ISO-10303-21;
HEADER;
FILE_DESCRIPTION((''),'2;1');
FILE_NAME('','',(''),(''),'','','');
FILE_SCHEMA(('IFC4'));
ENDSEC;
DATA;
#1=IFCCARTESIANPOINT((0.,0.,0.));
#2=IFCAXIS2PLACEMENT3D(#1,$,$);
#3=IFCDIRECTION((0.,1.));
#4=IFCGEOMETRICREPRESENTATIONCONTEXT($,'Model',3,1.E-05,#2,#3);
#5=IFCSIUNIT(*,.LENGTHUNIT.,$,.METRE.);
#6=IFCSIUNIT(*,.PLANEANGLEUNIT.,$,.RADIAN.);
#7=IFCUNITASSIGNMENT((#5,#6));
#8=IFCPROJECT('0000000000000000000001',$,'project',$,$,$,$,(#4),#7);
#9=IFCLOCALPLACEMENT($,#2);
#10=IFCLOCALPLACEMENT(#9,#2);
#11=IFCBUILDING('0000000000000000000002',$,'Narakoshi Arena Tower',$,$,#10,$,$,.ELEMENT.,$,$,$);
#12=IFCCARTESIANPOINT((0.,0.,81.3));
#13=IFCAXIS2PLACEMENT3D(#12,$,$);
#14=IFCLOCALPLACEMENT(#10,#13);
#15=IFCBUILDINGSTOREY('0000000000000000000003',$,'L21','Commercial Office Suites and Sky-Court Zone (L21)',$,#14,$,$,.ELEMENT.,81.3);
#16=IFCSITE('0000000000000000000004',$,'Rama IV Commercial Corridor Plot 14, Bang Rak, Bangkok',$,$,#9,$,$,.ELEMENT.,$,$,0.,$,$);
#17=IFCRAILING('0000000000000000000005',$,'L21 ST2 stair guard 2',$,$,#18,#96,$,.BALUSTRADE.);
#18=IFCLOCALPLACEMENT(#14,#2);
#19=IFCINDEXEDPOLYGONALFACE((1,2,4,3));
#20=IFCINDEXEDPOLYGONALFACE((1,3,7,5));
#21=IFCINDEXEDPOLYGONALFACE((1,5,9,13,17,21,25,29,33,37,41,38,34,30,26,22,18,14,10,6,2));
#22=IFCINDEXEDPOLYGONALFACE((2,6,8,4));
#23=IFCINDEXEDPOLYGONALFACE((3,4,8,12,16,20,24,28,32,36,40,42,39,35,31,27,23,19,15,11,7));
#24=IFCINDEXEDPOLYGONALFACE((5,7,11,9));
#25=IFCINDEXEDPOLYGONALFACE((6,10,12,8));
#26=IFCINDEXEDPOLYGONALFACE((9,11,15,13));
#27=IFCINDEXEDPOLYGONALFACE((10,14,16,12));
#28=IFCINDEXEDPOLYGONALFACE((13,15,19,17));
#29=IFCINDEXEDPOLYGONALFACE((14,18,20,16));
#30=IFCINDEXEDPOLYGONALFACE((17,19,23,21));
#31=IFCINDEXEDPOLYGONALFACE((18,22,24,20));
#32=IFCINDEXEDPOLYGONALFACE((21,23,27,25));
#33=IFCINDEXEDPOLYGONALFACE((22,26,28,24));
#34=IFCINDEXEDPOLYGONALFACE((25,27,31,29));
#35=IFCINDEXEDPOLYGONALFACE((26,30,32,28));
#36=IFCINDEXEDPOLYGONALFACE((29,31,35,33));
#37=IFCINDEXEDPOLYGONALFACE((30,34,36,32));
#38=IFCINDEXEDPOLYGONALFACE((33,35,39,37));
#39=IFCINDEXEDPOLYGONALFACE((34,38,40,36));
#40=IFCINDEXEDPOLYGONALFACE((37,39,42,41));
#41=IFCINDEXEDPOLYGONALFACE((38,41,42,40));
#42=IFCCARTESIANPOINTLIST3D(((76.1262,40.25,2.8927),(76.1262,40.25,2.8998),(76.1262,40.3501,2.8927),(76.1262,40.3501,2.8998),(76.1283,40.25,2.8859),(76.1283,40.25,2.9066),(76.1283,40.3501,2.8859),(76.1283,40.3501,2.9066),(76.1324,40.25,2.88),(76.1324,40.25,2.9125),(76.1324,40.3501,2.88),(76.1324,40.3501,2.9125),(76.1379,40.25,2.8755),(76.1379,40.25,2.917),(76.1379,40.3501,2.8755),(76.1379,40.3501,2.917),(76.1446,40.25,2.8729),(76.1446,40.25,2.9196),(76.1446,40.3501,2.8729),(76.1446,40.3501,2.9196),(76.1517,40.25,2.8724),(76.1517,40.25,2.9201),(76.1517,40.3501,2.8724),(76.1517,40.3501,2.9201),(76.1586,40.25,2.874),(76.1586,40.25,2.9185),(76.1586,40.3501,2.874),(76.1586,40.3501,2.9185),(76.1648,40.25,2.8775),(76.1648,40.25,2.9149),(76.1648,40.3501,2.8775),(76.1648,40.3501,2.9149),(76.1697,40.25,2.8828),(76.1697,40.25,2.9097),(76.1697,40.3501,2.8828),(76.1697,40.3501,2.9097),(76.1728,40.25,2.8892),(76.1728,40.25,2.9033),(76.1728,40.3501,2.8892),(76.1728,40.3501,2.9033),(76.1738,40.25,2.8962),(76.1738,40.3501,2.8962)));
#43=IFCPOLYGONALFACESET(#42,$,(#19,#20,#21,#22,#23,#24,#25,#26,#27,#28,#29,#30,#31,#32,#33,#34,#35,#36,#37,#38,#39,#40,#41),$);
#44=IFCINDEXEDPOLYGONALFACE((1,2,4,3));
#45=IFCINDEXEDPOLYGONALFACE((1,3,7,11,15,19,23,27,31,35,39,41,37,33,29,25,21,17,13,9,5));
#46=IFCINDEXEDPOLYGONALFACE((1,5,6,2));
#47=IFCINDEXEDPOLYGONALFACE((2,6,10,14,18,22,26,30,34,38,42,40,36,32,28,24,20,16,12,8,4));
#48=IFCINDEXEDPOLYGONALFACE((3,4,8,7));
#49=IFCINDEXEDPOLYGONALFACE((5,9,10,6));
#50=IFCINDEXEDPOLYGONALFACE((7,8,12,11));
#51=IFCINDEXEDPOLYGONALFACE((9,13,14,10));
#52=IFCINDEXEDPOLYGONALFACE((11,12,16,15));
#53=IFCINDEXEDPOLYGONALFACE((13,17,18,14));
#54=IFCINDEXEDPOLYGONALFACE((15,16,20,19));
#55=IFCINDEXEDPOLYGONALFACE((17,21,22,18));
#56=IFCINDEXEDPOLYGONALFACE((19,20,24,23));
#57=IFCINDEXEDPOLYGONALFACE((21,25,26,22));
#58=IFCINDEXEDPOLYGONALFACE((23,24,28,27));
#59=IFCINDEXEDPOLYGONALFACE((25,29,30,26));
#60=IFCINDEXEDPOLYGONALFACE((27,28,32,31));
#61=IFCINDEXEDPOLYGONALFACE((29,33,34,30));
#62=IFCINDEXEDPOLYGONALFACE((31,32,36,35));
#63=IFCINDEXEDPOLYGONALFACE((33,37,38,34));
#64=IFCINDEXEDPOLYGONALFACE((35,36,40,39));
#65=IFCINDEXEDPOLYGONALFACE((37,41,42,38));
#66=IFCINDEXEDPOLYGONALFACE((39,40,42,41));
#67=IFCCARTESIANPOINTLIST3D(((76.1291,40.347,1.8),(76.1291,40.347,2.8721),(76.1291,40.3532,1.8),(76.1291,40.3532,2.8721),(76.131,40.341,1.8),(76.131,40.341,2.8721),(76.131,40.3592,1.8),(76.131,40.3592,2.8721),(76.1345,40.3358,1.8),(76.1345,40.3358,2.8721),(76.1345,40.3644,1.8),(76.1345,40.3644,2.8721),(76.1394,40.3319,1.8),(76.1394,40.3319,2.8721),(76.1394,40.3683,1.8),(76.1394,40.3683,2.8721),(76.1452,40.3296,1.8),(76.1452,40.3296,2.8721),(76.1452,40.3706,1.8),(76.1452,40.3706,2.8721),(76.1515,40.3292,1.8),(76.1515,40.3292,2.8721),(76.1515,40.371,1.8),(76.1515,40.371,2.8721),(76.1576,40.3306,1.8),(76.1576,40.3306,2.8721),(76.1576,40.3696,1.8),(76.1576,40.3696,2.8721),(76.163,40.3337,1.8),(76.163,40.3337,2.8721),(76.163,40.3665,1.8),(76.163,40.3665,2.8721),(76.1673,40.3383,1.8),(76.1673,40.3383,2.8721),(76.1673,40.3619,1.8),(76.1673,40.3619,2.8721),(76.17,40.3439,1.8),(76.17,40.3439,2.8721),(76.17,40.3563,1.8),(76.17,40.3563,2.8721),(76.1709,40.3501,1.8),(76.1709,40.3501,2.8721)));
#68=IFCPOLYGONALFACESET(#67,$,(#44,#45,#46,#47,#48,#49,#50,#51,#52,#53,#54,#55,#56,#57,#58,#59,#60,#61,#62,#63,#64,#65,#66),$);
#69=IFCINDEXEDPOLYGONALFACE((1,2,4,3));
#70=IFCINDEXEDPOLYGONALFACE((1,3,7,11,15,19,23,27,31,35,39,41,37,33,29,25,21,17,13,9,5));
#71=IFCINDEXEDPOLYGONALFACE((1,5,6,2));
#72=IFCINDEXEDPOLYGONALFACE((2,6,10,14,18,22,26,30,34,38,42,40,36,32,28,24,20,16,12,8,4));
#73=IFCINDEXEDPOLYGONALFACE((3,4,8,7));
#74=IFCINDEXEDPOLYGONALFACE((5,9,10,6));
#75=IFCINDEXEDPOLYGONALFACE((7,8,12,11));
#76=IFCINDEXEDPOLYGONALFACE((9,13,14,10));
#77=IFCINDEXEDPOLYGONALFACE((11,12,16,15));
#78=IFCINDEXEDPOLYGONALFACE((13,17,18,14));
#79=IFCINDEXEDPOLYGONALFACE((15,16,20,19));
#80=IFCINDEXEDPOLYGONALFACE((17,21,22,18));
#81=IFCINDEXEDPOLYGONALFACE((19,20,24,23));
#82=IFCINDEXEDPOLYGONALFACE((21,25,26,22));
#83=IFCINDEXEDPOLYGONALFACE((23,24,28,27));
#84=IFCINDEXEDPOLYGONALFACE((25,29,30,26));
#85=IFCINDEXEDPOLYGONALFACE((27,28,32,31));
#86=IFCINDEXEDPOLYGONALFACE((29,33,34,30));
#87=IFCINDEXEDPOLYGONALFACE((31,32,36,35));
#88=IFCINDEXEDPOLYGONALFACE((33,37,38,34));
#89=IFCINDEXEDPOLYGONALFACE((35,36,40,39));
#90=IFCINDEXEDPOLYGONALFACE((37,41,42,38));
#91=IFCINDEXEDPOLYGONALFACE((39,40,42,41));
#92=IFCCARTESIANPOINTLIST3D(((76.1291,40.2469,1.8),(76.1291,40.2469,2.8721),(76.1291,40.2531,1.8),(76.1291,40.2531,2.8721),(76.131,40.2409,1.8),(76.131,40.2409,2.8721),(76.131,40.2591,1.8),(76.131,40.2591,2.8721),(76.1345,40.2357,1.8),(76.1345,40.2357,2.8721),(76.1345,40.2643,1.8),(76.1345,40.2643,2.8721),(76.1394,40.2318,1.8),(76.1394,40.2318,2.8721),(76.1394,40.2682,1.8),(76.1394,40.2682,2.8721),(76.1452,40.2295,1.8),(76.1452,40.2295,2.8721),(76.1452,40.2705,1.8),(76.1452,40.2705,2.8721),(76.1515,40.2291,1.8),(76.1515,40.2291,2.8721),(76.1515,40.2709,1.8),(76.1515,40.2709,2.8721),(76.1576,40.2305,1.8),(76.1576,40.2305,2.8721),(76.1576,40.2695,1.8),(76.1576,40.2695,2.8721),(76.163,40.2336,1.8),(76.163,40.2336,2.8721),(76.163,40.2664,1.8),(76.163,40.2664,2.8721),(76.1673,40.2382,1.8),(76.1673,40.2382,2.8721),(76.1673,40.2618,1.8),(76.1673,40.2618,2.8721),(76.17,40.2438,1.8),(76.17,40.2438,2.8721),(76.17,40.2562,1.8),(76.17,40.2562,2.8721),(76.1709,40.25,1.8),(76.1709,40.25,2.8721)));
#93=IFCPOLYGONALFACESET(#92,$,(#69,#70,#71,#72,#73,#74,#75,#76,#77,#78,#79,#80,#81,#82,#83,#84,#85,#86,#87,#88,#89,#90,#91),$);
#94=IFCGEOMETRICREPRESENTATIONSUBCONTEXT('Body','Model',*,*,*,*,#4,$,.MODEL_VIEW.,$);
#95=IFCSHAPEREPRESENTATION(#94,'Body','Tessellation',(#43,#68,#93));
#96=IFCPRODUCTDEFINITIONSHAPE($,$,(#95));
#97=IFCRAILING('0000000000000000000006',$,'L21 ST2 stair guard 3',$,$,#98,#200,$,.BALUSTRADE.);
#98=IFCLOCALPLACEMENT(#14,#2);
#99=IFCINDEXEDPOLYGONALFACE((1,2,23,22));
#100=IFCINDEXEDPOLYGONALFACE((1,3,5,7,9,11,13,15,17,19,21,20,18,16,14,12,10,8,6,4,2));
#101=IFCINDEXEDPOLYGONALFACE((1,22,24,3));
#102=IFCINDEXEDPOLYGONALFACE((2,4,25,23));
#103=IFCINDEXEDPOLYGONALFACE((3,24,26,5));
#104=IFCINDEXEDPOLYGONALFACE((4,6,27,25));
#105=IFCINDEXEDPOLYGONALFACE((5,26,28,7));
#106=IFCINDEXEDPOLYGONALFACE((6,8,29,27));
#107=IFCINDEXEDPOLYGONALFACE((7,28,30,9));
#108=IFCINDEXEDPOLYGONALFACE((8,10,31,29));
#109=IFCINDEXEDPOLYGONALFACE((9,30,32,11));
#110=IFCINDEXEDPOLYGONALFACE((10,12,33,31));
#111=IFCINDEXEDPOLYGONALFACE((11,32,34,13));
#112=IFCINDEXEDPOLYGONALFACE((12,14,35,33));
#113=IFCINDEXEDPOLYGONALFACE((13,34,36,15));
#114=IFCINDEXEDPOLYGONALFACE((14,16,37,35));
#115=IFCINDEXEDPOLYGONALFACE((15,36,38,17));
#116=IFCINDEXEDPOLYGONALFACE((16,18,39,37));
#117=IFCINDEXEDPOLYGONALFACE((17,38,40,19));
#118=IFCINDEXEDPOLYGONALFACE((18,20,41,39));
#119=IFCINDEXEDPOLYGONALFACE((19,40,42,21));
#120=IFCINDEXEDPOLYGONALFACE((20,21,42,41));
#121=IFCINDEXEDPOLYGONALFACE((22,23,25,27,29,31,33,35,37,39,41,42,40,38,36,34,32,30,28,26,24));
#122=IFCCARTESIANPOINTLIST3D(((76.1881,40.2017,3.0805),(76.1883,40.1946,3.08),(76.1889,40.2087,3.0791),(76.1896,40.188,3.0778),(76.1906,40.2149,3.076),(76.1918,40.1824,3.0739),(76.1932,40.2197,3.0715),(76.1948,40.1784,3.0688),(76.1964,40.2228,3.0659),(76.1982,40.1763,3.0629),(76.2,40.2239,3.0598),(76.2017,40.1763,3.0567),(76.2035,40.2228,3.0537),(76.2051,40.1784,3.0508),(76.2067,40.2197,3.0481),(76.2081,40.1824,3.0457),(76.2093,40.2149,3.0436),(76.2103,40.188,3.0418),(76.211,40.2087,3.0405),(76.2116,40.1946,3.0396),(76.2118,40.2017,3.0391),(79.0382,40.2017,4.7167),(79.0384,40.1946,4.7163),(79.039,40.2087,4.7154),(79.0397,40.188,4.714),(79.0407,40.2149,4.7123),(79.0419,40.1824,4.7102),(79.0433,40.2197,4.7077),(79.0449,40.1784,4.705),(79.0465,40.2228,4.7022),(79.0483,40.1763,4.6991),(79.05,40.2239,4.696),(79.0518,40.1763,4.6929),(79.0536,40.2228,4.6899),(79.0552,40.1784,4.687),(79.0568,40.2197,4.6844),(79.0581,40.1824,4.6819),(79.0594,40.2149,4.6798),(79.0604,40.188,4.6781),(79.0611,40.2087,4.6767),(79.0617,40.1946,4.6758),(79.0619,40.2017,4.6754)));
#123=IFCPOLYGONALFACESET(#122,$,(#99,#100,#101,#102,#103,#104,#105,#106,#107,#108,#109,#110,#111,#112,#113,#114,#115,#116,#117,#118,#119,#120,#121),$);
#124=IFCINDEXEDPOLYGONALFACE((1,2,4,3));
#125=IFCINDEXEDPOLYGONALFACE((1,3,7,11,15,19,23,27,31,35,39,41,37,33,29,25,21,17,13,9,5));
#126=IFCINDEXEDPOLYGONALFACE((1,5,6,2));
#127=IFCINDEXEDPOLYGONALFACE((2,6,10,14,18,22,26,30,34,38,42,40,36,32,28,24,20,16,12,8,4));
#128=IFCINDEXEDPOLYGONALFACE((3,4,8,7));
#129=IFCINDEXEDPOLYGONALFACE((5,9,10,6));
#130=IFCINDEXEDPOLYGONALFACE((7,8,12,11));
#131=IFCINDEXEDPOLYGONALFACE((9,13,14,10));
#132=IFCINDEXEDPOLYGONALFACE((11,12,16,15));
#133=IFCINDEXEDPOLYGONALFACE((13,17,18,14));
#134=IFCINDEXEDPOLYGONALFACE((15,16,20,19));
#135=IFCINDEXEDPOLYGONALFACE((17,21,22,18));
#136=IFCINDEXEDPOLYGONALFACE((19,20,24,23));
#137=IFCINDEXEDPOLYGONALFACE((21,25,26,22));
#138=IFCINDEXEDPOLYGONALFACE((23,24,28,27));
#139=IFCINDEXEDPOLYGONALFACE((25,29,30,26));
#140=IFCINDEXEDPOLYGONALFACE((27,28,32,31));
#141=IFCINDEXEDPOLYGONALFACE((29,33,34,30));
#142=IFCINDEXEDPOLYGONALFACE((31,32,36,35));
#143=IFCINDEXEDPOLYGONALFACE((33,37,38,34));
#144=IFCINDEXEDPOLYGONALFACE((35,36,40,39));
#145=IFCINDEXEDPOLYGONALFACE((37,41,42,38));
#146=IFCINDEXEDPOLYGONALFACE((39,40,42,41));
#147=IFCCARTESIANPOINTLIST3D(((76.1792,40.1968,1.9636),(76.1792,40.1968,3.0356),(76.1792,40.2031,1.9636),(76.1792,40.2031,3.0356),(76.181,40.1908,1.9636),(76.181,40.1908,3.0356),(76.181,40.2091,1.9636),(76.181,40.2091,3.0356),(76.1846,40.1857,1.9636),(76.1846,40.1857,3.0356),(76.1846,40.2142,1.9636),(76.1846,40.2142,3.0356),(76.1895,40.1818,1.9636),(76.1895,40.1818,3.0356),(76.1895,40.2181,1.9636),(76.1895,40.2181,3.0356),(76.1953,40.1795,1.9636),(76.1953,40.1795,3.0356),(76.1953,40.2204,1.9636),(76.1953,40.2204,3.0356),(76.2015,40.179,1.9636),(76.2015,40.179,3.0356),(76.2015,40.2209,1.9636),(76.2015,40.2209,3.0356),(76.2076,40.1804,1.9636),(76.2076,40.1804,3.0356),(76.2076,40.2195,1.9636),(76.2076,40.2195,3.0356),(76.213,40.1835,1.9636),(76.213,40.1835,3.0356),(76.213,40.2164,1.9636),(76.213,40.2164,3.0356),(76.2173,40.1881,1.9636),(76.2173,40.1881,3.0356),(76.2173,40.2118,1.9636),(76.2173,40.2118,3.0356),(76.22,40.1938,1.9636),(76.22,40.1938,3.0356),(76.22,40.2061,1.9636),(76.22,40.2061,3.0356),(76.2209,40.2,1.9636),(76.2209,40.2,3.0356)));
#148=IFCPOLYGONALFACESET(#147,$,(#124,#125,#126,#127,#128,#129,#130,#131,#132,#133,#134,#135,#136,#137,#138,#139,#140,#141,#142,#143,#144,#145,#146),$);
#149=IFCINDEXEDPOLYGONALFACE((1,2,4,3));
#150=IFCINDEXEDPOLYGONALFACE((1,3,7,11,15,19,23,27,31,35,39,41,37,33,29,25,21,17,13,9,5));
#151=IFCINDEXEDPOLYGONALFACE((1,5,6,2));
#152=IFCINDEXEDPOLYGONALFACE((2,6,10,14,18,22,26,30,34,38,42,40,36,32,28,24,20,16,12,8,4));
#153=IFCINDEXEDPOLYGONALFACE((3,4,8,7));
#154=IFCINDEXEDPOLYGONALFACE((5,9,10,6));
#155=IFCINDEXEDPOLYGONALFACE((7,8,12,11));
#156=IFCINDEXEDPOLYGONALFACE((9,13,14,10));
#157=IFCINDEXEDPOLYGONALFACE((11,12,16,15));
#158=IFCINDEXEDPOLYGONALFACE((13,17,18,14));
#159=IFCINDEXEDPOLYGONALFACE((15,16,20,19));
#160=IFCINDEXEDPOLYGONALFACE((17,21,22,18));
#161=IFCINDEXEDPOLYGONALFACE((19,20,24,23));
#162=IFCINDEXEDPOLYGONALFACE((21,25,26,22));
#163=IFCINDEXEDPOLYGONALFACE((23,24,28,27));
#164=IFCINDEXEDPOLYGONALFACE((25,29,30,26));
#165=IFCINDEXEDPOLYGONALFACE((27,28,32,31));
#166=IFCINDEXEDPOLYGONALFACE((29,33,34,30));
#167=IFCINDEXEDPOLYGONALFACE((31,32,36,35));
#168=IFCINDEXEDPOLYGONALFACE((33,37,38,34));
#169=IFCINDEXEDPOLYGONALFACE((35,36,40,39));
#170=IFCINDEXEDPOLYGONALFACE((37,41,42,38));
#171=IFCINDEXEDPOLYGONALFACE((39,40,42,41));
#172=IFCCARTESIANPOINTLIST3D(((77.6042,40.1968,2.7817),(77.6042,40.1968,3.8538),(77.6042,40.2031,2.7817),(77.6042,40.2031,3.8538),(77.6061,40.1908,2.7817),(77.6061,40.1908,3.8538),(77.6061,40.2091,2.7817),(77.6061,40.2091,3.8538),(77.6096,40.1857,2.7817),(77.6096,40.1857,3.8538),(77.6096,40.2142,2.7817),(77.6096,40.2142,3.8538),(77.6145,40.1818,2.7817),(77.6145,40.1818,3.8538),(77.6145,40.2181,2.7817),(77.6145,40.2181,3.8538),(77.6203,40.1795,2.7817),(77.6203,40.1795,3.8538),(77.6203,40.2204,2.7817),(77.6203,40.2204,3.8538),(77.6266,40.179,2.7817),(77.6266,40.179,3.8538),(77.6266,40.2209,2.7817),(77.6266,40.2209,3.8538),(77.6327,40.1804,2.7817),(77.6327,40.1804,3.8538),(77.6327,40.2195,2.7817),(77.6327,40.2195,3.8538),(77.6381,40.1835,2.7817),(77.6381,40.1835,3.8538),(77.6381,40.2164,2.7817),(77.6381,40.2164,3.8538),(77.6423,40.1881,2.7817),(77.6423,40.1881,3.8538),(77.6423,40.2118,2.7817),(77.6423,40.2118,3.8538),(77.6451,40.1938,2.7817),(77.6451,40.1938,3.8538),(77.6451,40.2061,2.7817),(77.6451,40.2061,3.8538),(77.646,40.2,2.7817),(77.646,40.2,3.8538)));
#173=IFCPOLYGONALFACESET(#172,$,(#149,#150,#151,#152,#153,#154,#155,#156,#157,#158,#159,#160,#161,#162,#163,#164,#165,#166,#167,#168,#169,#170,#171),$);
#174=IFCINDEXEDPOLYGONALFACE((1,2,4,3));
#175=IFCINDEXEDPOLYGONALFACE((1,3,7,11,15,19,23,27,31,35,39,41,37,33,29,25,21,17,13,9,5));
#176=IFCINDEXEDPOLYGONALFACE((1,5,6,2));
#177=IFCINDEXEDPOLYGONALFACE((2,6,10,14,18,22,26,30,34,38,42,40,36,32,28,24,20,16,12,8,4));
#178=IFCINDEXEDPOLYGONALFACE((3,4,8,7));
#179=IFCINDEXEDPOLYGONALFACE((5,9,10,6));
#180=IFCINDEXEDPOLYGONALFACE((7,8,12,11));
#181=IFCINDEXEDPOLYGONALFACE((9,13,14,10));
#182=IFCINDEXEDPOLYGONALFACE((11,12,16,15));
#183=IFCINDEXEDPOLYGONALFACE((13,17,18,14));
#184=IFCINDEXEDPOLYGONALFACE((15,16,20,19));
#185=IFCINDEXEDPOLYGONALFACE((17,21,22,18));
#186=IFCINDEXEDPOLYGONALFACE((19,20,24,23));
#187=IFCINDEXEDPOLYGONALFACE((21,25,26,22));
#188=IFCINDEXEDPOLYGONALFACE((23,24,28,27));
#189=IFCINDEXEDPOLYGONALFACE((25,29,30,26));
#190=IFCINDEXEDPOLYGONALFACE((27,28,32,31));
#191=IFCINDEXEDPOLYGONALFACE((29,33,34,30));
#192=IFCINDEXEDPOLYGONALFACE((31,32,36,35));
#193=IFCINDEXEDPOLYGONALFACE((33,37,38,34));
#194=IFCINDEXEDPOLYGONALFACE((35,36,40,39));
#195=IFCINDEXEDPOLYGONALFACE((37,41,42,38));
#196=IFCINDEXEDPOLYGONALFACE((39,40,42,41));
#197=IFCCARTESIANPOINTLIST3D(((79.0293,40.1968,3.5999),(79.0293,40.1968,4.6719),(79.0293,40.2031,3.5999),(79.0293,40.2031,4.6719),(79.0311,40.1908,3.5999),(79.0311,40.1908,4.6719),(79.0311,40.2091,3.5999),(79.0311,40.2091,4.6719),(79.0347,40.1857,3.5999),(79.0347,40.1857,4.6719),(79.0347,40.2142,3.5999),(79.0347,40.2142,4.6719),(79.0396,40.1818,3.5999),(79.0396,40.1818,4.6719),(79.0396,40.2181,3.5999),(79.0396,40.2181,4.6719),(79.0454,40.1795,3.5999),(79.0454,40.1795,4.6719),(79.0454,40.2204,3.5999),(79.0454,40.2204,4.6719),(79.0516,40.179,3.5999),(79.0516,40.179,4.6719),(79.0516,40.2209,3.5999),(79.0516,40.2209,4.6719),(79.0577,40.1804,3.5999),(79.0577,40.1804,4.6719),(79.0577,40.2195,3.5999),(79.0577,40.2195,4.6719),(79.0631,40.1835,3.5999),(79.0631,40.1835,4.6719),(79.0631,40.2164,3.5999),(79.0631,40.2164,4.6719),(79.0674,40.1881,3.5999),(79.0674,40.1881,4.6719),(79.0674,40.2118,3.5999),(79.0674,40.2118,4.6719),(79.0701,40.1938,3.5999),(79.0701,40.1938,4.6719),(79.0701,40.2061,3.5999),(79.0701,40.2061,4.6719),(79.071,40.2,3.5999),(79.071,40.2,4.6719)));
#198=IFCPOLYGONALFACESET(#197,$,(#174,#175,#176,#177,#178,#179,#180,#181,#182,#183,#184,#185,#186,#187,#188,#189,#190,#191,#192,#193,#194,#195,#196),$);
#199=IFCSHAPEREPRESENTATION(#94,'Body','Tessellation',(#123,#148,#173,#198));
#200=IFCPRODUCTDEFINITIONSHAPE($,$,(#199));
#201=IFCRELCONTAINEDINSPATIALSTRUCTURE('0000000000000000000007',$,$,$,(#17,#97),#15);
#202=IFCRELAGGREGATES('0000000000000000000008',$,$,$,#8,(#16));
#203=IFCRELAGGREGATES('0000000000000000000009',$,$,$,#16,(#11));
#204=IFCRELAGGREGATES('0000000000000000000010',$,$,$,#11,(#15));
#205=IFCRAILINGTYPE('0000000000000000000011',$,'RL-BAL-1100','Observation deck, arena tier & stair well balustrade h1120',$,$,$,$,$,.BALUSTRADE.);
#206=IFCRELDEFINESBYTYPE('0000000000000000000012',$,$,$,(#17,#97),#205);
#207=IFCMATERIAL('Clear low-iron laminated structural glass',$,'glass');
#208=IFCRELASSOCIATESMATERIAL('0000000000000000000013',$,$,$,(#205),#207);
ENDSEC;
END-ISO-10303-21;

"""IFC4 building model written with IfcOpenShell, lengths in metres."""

from ifc_helpers import new_model, si_unit, direction, frame, origin, origin_2d, place, context, subcontext, project, spatial, circle, extrude, material, type_object, element, save


model = new_model("IFC4")

# Units and contexts
model_context = context("Model", 3, precision=1e-05, world=origin(), true_north=direction((0.0, 1.0)))
body_context = subcontext(model_context, "Body", "Model", "MODEL_VIEW")
ifc_project = project(units=[si_unit("LENGTHUNIT", "METRE"), si_unit("PLANEANGLEUNIT", "RADIAN")], contexts=[model_context])

# Site, building, storey
site_placement = place(None, origin())
site = spatial("IfcSite", under=ifc_project, at=site_placement, Name="Rama IV Commercial Corridor Plot 14, Bang Rak, Bangkok", CompositionType="ELEMENT", RefElevation=0.0)
building_placement = place(site_placement, origin())
building = spatial("IfcBuilding", under=site, at=building_placement, Name="Narakoshi Arena Tower", CompositionType="ELEMENT")
storey_placement = place(building_placement, frame((0.0, 0.0, 81.3)))
storey = spatial("IfcBuildingStorey", under=building, at=storey_placement, Name="L21", Description="Commercial Office Suites and Sky-Court Zone (L21)", CompositionType="ELEMENT", Elevation=81.3)

# Railings
ifc_material_1 = material(Name="Clear low-iron laminated structural glass", Category="glass")
railing_type_1 = type_object("IfcRailingType", Name="RL-BAL-1100", Description="Observation deck, arena tier & stair well balustrade h1120", PredefinedType="BALUSTRADE", material=ifc_material_1)
railing_1_placement = place(storey_placement, frame((76.1499, 40.3501, 1.8)))
element("IfcRailing", 1, at=railing_1_placement, inside=storey, type_object=railing_type_1, Name="L21 ST2 stair guard 2", PredefinedType="BALUSTRADE", context=body_context, shape_type="SweptSolid", body=[
    extrude(circle(Radius=0.0239, at=origin_2d()), frame((0.0, 0.0, 1.0962), z_axis=(0.0, -1.0, 0.0), x_axis=(1.0, 0.0, 0.0)), (0.0, 0.0, 1.0), 0.1001),
    extrude(circle(Radius=0.021, at=origin_2d()), origin(), (0.0, 0.0, 1.0), 1.072),
    extrude(circle(Radius=0.021, at=origin_2d()), frame((0.0, -0.1001, 0.0)), (0.0, 0.0, 1.0), 1.072),
])
railing_2_placement = place(storey_placement, frame((76.2, 40.2, 1.9636)))
element("IfcRailing", 2, at=railing_2_placement, inside=storey, type_object=railing_type_1, Name="L21 ST2 stair guard 3", PredefinedType="BALUSTRADE", context=body_context, shape_type="SweptSolid", body=[
    extrude(circle(Radius=0.0239, at=origin_2d()), frame((0.0, 0.0, 1.0962), z_axis=(0.867245, 0.0, 0.497882), x_axis=(0.0, 1.0, 0.0)), (0.0, 0.0, 1.0), 3.2864),
    extrude(circle(Radius=0.021, at=origin_2d()), origin(), (0.0, 0.0, 1.0), 1.072),
    extrude(circle(Radius=0.021, at=origin_2d()), frame((1.425, 0.0, 0.8181)), (0.0, 0.0, 1.0), 1.072),
    extrude(circle(Radius=0.021, at=origin_2d()), frame((2.8501, 0.0, 1.6362)), (0.0, 0.0, 1.0), 1.072),
])

save(model, "model.ifc")
